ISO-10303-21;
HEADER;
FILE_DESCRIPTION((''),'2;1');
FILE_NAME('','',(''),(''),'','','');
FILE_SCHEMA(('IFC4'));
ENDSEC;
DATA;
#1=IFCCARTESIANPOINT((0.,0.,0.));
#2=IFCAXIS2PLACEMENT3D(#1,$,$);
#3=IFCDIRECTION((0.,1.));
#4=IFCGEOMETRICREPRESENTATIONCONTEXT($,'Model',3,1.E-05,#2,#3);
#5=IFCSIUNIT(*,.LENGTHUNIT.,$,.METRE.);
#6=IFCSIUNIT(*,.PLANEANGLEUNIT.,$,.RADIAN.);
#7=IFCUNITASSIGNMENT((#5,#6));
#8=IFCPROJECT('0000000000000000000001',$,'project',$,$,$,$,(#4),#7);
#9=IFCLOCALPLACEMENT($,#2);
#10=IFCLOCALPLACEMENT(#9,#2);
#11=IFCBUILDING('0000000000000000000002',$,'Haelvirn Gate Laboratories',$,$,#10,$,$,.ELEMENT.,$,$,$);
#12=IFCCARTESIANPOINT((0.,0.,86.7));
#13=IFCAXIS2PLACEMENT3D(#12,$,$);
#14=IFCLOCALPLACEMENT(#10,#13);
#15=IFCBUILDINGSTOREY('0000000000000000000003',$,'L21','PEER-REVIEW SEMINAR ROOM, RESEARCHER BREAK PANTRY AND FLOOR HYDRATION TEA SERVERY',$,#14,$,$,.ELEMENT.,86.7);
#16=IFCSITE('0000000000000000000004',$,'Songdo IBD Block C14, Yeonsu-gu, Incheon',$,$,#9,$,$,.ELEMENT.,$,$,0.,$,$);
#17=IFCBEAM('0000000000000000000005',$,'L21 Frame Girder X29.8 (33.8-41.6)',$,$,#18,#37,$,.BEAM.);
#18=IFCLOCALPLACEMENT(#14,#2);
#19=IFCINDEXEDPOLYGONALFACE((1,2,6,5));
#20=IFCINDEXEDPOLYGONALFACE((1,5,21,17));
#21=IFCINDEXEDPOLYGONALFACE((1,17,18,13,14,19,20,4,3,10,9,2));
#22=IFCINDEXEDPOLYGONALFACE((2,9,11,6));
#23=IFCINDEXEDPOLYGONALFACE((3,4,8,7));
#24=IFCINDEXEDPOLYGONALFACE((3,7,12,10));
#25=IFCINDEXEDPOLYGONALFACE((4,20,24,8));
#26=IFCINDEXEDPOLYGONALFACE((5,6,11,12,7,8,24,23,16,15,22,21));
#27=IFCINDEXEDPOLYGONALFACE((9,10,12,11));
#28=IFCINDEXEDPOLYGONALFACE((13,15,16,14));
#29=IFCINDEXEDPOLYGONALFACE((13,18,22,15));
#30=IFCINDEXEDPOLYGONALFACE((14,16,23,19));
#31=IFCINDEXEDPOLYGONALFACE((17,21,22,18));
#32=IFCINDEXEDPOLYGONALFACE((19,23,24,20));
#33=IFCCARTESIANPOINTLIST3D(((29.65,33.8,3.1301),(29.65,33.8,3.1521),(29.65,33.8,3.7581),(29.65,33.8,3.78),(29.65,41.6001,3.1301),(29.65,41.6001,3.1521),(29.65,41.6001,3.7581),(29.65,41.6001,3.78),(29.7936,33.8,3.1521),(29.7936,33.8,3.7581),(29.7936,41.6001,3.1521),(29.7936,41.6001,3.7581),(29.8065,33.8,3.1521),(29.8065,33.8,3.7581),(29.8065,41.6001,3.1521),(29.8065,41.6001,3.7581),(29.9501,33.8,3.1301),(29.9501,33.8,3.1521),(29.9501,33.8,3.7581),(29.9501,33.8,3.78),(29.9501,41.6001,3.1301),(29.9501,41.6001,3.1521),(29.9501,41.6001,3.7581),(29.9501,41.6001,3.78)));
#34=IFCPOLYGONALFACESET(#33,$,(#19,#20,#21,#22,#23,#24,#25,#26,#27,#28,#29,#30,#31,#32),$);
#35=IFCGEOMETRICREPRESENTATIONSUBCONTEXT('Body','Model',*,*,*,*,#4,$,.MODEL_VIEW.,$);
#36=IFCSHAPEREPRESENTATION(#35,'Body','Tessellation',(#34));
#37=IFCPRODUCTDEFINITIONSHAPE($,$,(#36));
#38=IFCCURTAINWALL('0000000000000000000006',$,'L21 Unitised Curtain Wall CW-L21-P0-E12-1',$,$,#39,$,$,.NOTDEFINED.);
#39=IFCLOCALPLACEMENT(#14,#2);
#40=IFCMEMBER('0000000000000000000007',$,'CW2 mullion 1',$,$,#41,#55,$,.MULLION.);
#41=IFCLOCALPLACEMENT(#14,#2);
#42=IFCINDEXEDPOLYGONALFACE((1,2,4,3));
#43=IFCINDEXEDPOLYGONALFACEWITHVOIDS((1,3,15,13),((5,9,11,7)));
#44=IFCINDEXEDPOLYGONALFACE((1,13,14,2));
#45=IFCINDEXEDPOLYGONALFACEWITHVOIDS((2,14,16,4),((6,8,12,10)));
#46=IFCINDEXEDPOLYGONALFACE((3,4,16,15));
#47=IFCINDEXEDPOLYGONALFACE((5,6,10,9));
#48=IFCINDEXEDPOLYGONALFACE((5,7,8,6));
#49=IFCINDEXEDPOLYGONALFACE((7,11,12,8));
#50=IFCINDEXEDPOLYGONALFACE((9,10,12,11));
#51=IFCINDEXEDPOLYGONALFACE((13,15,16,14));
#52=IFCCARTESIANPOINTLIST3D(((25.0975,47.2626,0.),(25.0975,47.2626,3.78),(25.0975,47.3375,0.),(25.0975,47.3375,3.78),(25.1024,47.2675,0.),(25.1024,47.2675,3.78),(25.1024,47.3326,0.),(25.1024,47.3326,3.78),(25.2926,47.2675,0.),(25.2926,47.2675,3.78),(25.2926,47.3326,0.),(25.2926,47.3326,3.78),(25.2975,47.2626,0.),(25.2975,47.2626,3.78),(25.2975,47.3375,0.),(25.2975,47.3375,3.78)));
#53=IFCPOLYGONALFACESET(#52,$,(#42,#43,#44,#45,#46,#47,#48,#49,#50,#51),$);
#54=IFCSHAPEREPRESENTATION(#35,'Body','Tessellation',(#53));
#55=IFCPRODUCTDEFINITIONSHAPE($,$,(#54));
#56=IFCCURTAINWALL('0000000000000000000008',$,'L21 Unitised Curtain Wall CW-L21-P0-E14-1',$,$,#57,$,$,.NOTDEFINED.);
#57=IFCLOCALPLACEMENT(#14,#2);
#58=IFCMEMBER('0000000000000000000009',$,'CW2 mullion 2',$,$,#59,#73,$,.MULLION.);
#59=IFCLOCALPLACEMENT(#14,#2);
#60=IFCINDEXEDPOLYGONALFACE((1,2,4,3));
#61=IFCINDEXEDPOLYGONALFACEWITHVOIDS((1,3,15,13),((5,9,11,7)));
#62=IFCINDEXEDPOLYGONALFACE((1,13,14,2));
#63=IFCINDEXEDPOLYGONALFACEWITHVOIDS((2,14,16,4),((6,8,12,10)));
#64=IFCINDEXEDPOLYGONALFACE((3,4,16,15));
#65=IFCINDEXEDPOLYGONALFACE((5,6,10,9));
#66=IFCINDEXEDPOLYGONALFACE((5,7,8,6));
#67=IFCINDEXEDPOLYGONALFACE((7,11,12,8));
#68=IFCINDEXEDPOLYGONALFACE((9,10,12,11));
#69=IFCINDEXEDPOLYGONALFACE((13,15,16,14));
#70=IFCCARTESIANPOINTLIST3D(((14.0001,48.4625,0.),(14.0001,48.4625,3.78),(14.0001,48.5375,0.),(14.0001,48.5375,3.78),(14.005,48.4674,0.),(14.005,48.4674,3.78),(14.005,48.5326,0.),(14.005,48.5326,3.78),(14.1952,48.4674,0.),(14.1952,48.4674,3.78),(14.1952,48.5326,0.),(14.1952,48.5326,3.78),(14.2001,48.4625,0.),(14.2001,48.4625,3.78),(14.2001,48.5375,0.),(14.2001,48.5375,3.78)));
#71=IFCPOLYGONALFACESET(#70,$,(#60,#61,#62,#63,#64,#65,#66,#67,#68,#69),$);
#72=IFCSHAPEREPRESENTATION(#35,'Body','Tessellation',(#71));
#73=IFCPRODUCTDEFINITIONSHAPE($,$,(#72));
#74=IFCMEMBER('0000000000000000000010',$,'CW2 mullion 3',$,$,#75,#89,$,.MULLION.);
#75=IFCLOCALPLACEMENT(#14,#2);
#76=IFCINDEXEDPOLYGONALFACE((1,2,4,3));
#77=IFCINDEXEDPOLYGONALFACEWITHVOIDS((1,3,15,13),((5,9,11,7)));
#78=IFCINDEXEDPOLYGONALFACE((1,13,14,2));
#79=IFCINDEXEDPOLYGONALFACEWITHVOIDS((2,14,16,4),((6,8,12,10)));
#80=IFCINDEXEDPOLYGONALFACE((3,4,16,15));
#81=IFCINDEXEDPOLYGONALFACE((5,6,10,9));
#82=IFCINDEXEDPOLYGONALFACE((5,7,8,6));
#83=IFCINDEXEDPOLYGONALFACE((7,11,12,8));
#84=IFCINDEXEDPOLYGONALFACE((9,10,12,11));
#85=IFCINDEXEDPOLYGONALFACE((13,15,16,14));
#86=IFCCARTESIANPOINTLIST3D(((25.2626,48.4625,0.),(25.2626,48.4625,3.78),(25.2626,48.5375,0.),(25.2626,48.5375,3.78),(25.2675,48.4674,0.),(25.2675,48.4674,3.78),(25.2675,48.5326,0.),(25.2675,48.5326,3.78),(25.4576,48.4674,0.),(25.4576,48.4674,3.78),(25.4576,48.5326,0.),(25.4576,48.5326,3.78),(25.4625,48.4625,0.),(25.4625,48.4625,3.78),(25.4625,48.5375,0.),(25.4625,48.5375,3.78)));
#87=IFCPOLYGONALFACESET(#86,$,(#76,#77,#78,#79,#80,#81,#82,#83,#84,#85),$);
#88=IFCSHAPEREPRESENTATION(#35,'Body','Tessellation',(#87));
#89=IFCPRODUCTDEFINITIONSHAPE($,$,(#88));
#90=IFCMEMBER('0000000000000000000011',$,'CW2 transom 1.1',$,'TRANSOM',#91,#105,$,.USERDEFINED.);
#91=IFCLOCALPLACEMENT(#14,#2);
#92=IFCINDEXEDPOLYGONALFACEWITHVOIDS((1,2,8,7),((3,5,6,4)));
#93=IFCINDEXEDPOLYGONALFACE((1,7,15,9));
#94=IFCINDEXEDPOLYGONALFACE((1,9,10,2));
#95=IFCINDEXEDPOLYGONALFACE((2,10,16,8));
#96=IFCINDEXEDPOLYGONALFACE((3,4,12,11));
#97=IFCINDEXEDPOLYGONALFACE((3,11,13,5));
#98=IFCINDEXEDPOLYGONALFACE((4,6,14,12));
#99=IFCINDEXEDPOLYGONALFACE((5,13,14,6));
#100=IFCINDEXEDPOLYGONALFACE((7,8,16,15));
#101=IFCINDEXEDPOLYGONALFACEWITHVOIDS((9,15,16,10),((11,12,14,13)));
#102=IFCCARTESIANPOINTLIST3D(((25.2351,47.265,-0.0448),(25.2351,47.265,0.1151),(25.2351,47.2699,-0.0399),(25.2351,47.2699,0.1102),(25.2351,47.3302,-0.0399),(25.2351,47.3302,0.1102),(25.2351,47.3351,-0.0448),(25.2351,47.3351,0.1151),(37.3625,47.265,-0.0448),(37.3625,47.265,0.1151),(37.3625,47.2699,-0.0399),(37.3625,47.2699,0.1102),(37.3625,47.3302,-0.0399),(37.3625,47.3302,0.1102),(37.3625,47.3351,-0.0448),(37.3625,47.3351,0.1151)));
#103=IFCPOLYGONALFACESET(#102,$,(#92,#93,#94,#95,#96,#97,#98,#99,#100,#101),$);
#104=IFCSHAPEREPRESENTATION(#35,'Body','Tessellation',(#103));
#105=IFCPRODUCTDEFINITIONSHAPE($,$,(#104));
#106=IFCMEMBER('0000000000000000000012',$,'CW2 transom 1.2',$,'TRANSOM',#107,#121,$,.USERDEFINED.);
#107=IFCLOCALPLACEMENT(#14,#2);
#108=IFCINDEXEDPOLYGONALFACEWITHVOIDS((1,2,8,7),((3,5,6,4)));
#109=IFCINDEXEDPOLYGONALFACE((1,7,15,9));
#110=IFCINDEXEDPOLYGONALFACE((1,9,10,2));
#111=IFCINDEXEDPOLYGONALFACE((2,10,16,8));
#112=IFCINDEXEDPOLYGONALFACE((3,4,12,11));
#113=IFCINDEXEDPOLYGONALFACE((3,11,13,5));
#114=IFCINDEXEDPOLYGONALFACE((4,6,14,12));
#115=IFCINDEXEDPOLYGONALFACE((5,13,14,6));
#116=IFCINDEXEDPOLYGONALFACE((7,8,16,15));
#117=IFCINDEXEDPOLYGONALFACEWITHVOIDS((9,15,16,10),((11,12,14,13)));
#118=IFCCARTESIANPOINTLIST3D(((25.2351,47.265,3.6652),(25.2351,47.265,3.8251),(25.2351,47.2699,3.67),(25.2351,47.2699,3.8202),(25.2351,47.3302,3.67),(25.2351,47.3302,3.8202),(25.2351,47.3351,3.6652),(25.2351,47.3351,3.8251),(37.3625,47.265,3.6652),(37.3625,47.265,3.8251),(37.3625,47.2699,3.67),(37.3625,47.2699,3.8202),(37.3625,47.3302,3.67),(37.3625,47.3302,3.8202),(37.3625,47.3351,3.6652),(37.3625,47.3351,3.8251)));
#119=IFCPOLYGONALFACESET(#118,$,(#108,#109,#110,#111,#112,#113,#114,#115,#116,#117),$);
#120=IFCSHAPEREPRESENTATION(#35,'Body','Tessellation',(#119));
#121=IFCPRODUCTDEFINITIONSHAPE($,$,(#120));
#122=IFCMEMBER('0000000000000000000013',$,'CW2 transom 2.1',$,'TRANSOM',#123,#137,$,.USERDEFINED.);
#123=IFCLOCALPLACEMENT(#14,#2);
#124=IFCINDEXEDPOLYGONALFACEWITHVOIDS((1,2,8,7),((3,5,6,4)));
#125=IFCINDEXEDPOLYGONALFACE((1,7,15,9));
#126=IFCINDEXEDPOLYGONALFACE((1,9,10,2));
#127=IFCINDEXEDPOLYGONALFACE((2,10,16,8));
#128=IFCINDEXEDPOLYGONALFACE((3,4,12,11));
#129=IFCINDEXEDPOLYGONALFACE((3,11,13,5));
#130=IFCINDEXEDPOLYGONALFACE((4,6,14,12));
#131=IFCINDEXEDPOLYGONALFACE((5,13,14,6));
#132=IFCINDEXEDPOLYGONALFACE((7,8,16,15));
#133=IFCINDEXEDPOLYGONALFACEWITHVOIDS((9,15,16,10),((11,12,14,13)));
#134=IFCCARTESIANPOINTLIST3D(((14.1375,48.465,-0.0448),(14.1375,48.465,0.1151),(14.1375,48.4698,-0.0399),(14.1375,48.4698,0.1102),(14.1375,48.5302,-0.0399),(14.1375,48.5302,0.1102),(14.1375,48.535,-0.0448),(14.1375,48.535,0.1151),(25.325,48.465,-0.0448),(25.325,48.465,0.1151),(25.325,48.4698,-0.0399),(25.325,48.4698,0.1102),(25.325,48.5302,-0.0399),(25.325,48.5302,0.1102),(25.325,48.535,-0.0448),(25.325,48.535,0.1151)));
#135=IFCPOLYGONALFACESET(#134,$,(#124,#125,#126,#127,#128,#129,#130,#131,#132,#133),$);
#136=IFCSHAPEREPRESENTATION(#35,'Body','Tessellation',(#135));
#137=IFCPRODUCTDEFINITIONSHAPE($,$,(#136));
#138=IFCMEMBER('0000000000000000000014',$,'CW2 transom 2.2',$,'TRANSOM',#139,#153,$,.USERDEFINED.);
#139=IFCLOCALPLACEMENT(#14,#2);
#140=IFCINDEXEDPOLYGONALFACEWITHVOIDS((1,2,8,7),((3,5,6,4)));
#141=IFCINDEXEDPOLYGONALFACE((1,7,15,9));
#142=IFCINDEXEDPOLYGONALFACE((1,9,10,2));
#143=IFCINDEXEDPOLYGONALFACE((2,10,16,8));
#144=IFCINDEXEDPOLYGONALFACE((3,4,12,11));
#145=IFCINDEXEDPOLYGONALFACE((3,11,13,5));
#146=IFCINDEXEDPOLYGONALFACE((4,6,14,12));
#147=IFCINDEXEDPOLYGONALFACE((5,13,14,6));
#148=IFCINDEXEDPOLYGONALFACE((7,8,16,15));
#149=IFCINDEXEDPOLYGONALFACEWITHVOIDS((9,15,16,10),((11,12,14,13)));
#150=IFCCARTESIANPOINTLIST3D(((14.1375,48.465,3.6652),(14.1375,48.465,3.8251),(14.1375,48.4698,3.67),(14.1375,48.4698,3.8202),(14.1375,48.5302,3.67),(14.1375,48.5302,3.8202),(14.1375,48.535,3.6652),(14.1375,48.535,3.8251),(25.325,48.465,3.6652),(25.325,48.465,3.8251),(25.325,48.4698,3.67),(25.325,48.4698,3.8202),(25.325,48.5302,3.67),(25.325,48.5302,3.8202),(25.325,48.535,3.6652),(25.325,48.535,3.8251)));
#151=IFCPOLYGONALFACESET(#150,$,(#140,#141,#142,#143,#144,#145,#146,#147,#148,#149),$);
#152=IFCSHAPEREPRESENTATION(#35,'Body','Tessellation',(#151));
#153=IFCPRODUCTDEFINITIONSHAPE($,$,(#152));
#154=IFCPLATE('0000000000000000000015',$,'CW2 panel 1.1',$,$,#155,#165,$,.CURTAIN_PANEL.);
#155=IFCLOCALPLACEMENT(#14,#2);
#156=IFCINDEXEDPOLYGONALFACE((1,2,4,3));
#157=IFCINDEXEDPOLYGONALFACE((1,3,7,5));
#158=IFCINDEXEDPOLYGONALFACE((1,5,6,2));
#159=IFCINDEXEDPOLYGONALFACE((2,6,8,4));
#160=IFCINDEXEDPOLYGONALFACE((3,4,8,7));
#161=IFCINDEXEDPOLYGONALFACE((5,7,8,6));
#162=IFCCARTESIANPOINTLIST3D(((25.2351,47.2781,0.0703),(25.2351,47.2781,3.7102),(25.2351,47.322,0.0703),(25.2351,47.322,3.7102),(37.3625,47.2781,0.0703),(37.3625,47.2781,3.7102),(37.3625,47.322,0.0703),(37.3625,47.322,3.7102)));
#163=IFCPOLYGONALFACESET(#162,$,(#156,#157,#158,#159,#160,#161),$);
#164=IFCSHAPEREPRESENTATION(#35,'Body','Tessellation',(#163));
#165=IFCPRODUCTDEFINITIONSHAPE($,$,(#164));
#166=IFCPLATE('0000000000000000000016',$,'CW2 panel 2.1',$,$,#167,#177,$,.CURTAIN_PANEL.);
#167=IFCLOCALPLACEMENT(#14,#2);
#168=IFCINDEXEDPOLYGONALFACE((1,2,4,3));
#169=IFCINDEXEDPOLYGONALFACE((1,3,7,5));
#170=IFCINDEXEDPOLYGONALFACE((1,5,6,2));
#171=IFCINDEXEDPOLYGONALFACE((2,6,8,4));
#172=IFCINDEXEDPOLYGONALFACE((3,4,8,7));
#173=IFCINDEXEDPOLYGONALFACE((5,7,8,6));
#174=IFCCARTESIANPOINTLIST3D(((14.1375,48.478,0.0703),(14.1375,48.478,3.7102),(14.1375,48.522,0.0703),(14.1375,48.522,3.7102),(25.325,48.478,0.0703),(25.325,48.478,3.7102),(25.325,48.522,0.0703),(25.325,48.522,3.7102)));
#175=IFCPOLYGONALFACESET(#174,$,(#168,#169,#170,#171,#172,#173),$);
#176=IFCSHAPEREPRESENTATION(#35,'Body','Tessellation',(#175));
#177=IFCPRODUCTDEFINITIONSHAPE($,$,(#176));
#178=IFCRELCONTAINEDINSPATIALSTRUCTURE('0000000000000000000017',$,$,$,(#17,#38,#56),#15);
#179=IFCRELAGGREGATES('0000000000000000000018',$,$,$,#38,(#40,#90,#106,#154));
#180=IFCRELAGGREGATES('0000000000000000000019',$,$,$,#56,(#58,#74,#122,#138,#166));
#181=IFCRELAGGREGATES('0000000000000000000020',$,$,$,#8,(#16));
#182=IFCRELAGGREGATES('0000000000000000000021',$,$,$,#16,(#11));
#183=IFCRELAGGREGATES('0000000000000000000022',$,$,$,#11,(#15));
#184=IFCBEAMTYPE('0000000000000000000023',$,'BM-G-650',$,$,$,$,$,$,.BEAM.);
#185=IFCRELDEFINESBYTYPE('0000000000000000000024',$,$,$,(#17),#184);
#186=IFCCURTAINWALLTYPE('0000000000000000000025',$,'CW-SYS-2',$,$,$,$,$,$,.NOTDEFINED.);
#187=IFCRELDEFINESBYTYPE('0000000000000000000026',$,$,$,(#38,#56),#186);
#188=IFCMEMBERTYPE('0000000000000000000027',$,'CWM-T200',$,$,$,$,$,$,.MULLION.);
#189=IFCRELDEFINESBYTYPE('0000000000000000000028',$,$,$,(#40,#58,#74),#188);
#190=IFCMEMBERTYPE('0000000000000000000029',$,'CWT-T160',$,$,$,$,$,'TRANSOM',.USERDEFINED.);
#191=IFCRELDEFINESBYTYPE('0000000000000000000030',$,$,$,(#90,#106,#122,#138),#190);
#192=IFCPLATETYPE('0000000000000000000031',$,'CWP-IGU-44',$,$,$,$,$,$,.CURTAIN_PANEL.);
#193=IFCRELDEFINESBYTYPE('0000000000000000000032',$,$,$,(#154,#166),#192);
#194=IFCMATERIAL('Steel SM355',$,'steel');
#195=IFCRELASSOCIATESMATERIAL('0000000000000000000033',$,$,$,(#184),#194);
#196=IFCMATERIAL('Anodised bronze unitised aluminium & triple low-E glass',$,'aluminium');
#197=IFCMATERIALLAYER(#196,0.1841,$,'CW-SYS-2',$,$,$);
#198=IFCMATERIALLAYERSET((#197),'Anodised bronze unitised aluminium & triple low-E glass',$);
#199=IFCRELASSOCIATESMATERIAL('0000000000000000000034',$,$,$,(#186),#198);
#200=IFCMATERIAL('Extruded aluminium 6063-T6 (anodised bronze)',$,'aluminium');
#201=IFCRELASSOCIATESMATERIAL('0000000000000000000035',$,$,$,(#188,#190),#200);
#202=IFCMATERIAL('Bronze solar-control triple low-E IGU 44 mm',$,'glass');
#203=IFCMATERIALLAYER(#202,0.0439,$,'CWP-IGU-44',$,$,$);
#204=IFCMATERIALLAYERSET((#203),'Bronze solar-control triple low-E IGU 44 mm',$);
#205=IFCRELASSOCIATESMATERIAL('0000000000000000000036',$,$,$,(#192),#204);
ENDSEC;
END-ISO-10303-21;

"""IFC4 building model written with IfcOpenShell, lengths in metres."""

from ifc_helpers import new_model, si_unit, direction, frame, origin, origin_2d, place, context, subcontext, project, spatial, rectangle, hollow_rectangle, i_section, extrude, source, transform, mapped, material, layer, layer_set, material_profile, profile_set, type_object, type_shapes, element, aggregate, save


model = new_model("IFC4")

# Units and contexts
model_context = context("Model", 3, precision=1e-05, world=origin(), true_north=direction((0.0, 1.0)))
body_context = subcontext(model_context, "Body", "Model", "MODEL_VIEW")
ifc_project = project(units=[si_unit("LENGTHUNIT", "METRE"), si_unit("PLANEANGLEUNIT", "RADIAN")], contexts=[model_context])

# Site, building, storey
site_placement = place(None, origin())
site = spatial("IfcSite", under=ifc_project, at=site_placement, Name="Songdo IBD Block C14, Yeonsu-gu, Incheon", CompositionType="ELEMENT", RefElevation=0.0)
building_placement = place(site_placement, origin())
building = spatial("IfcBuilding", under=site, at=building_placement, Name="Haelvirn Gate Laboratories", CompositionType="ELEMENT")
storey_placement = place(building_placement, frame((0.0, 0.0, 86.7)))
storey = spatial("IfcBuildingStorey", under=building, at=storey_placement, Name="L21", Description="PEER-REVIEW SEMINAR ROOM, RESEARCHER BREAK PANTRY AND FLOOR HYDRATION TEA SERVERY", CompositionType="ELEMENT", Elevation=86.7)

# Beam
ifc_material_1 = material(Name="Steel SM355", Category="steel")
ifc_material_profile_1 = material_profile(ifc_material_1, i_section(OverallWidth=0.3, OverallDepth=0.6499, WebThickness=0.0129, FlangeThickness=0.022, at=origin_2d()), Name="H-650x300x13x22")
ifc_profile_set_1 = profile_set([ifc_material_profile_1], Name="Steel SM355")
beam_type_1 = type_object("IfcBeamType", Name="BM-G-650", PredefinedType="BEAM", material=ifc_profile_set_1)
shared_shape_1 = source(origin(), body_context, "Body", "SweptSolid", [
    extrude(i_section(OverallWidth=0.3, OverallDepth=0.6499, WebThickness=0.0129, FlangeThickness=0.022, at=origin_2d()), origin(), (0.0, 0.0, 1.0), 7.8),
])
type_shapes(beam_type_1, [shared_shape_1])
beam_1_placement = place(storey_placement, frame((29.8, 33.8, 3.4551), z_axis=(0.0, 1.0, 0.0), x_axis=(-1.0, 0.0, 0.0)))
element("IfcBeam", 1, at=beam_1_placement, inside=storey, type_object=beam_type_1, Name="L21 Frame Girder X29.8 (33.8-41.6)", PredefinedType="BEAM", context=body_context, shape_type="MappedRepresentation", body=[
    mapped(shared_shape_1, transform((0.0, 0.0, 0.0), scale=1.0)),
])

# Curtain wall, member
ifc_material_2 = material(Name="Anodised bronze unitised aluminium & triple low-E glass", Category="aluminium")
ifc_layer_1 = layer(ifc_material_2, 0.1841, Name="CW-SYS-2")
ifc_layer_set_1 = layer_set([ifc_layer_1], Name="Anodised bronze unitised aluminium & triple low-E glass")
curtain_wall_type = type_object("IfcCurtainWallType", Name="CW-SYS-2", PredefinedType="NOTDEFINED", material=ifc_layer_set_1)
curtain_wall_1_placement = place(storey_placement, origin())
curtain_wall_1 = element("IfcCurtainWall", 2, at=curtain_wall_1_placement, inside=storey, type_object=curtain_wall_type, Name="L21 Unitised Curtain Wall CW-L21-P0-E12-1", PredefinedType="NOTDEFINED")
ifc_material_3 = material(Name="Extruded aluminium 6063-T6 (anodised bronze)", Category="aluminium")
ifc_material_profile_2 = material_profile(ifc_material_3, hollow_rectangle(XDim=0.075, YDim=0.2, WallThickness=0.0049, at=origin_2d()), Name="CWM-200x75x5")
ifc_profile_set_2 = profile_set([ifc_material_profile_2], Name="Extruded aluminium 6063-T6 (anodised bronze)")
member_type_1 = type_object("IfcMemberType", Name="CWM-T200", PredefinedType="MULLION", material=ifc_profile_set_2)
shared_shape_2 = source(origin(), body_context, "Body", "SweptSolid", [
    extrude(hollow_rectangle(XDim=0.075, YDim=0.2, WallThickness=0.0049, at=origin_2d()), origin(), (0.0, 0.0, 1.0), 3.78),
])
type_shapes(member_type_1, [shared_shape_2])
member_1_placement = place(storey_placement, frame((25.1975, 47.3, 0.0), z_axis=(0.0, 0.0, 1.0), x_axis=(0.0, 1.0, 0.0)))
member_1 = element("IfcMember", 3, at=member_1_placement, type_object=member_type_1, Name="CW2 mullion 1", PredefinedType="MULLION", context=body_context, shape_type="MappedRepresentation", body=[
    mapped(shared_shape_2, transform((0.0, 0.0, 0.0), scale=1.0)),
])

# Curtain wall, members
curtain_wall_2_placement = place(storey_placement, origin())
curtain_wall_2 = element("IfcCurtainWall", 4, at=curtain_wall_2_placement, inside=storey, type_object=curtain_wall_type, Name="L21 Unitised Curtain Wall CW-L21-P0-E14-1", PredefinedType="NOTDEFINED")
member_2_placement = place(storey_placement, frame((14.1001, 48.5, 0.0), z_axis=(0.0, 0.0, 1.0), x_axis=(0.0, 1.0, 0.0)))
member_2 = element("IfcMember", 5, at=member_2_placement, type_object=member_type_1, Name="CW2 mullion 2", PredefinedType="MULLION", context=body_context, shape_type="MappedRepresentation", body=[
    mapped(shared_shape_2, transform((0.0, 0.0, 0.0), scale=1.0)),
])
member_3_placement = place(storey_placement, frame((25.3625, 48.5, 0.0), z_axis=(0.0, 0.0, 1.0), x_axis=(0.0, 1.0, 0.0)))
member_3 = element("IfcMember", 6, at=member_3_placement, type_object=member_type_1, Name="CW2 mullion 3", PredefinedType="MULLION", context=body_context, shape_type="MappedRepresentation", body=[
    mapped(shared_shape_2, transform((0.0, 0.0, 0.0), scale=1.0)),
])

# Members
ifc_material_profile_3 = material_profile(ifc_material_3, hollow_rectangle(XDim=0.0701, YDim=0.1599, WallThickness=0.0049, at=origin_2d()), Name="CWT-160x70x5")
ifc_profile_set_3 = profile_set([ifc_material_profile_3], Name="Extruded aluminium 6063-T6 (anodised bronze)")
member_type_2 = type_object("IfcMemberType", Name="CWT-T160", ElementType="TRANSOM", PredefinedType="USERDEFINED", material=ifc_profile_set_3)
shared_shape_3 = source(origin(), body_context, "Body", "SweptSolid", [
    extrude(hollow_rectangle(XDim=0.0701, YDim=0.1599, WallThickness=0.0049, at=origin_2d()), origin(), (0.0, 0.0, 1.0), 12.1274),
])
member_4_placement = place(storey_placement, frame((25.2351, 47.3, 0.0352), z_axis=(1.0, 0.0, 0.0), x_axis=(0.0, 1.0, 0.0)))
member_4 = element("IfcMember", 7, at=member_4_placement, type_object=member_type_2, Name="CW2 transom 1.1", ObjectType="TRANSOM", PredefinedType="USERDEFINED", context=body_context, shape_type="MappedRepresentation", body=[
    mapped(shared_shape_3, transform((0.0, 0.0, 0.0), scale=1.0)),
])
member_5_placement = place(storey_placement, frame((25.2351, 47.3, 3.7451), z_axis=(1.0, 0.0, 0.0), x_axis=(0.0, 1.0, 0.0)))
member_5 = element("IfcMember", 8, at=member_5_placement, type_object=member_type_2, Name="CW2 transom 1.2", ObjectType="TRANSOM", PredefinedType="USERDEFINED", context=body_context, shape_type="MappedRepresentation", body=[
    mapped(shared_shape_3, transform((0.0, 0.0, 0.0), scale=1.0)),
])
shared_shape_4 = source(origin(), body_context, "Body", "SweptSolid", [
    extrude(hollow_rectangle(XDim=0.0701, YDim=0.1599, WallThickness=0.0049, at=origin_2d()), origin(), (0.0, 0.0, 1.0), 11.1875),
])
type_shapes(member_type_2, [shared_shape_3, shared_shape_4])
member_6_placement = place(storey_placement, frame((14.1375, 48.5, 0.0352), z_axis=(1.0, 0.0, 0.0), x_axis=(0.0, 1.0, 0.0)))
member_6 = element("IfcMember", 9, at=member_6_placement, type_object=member_type_2, Name="CW2 transom 2.1", ObjectType="TRANSOM", PredefinedType="USERDEFINED", context=body_context, shape_type="MappedRepresentation", body=[
    mapped(shared_shape_4, transform((0.0, 0.0, 0.0), scale=1.0)),
])
member_7_placement = place(storey_placement, frame((14.1375, 48.5, 3.7451), z_axis=(1.0, 0.0, 0.0), x_axis=(0.0, 1.0, 0.0)))
member_7 = element("IfcMember", 10, at=member_7_placement, type_object=member_type_2, Name="CW2 transom 2.2", ObjectType="TRANSOM", PredefinedType="USERDEFINED", context=body_context, shape_type="MappedRepresentation", body=[
    mapped(shared_shape_4, transform((0.0, 0.0, 0.0), scale=1.0)),
])

# Plates
ifc_material_4 = material(Name="Bronze solar-control triple low-E IGU 44 mm", Category="glass")
ifc_layer_2 = layer(ifc_material_4, 0.0439, Name="CWP-IGU-44")
ifc_layer_set_2 = layer_set([ifc_layer_2], Name="Bronze solar-control triple low-E IGU 44 mm")
plate_type = type_object("IfcPlateType", Name="CWP-IGU-44", PredefinedType="CURTAIN_PANEL", material=ifc_layer_set_2)
shared_shape_5 = source(origin(), body_context, "Body", "SweptSolid", [
    extrude(rectangle(XDim=12.1274, YDim=0.0439, at=origin_2d()), origin(), (0.0, 0.0, 1.0), 3.6399),
])
plate_1_placement = place(storey_placement, frame((31.2988, 47.3, 0.0703), z_axis=(0.0, 0.0, 1.0), x_axis=(1.0, 0.0, 0.0)))
plate_1 = element("IfcPlate", 11, at=plate_1_placement, type_object=plate_type, Name="CW2 panel 1.1", PredefinedType="CURTAIN_PANEL", context=body_context, shape_type="MappedRepresentation", body=[
    mapped(shared_shape_5, transform((0.0, 0.0, 0.0), scale=1.0)),
])
aggregate(curtain_wall_1, [member_1, member_4, member_5, plate_1])
shared_shape_6 = source(origin(), body_context, "Body", "SweptSolid", [
    extrude(rectangle(XDim=11.1875, YDim=0.0439, at=origin_2d()), origin(), (0.0, 0.0, 1.0), 3.6399),
])
type_shapes(plate_type, [shared_shape_5, shared_shape_6])
plate_2_placement = place(storey_placement, frame((19.7312, 48.5, 0.0703), z_axis=(0.0, 0.0, 1.0), x_axis=(1.0, 0.0, 0.0)))
plate_2 = element("IfcPlate", 12, at=plate_2_placement, type_object=plate_type, Name="CW2 panel 2.1", PredefinedType="CURTAIN_PANEL", context=body_context, shape_type="MappedRepresentation", body=[
    mapped(shared_shape_6, transform((0.0, 0.0, 0.0), scale=1.0)),
])
aggregate(curtain_wall_2, [member_2, member_3, member_6, member_7, plate_2])

save(model, "model.ifc")
